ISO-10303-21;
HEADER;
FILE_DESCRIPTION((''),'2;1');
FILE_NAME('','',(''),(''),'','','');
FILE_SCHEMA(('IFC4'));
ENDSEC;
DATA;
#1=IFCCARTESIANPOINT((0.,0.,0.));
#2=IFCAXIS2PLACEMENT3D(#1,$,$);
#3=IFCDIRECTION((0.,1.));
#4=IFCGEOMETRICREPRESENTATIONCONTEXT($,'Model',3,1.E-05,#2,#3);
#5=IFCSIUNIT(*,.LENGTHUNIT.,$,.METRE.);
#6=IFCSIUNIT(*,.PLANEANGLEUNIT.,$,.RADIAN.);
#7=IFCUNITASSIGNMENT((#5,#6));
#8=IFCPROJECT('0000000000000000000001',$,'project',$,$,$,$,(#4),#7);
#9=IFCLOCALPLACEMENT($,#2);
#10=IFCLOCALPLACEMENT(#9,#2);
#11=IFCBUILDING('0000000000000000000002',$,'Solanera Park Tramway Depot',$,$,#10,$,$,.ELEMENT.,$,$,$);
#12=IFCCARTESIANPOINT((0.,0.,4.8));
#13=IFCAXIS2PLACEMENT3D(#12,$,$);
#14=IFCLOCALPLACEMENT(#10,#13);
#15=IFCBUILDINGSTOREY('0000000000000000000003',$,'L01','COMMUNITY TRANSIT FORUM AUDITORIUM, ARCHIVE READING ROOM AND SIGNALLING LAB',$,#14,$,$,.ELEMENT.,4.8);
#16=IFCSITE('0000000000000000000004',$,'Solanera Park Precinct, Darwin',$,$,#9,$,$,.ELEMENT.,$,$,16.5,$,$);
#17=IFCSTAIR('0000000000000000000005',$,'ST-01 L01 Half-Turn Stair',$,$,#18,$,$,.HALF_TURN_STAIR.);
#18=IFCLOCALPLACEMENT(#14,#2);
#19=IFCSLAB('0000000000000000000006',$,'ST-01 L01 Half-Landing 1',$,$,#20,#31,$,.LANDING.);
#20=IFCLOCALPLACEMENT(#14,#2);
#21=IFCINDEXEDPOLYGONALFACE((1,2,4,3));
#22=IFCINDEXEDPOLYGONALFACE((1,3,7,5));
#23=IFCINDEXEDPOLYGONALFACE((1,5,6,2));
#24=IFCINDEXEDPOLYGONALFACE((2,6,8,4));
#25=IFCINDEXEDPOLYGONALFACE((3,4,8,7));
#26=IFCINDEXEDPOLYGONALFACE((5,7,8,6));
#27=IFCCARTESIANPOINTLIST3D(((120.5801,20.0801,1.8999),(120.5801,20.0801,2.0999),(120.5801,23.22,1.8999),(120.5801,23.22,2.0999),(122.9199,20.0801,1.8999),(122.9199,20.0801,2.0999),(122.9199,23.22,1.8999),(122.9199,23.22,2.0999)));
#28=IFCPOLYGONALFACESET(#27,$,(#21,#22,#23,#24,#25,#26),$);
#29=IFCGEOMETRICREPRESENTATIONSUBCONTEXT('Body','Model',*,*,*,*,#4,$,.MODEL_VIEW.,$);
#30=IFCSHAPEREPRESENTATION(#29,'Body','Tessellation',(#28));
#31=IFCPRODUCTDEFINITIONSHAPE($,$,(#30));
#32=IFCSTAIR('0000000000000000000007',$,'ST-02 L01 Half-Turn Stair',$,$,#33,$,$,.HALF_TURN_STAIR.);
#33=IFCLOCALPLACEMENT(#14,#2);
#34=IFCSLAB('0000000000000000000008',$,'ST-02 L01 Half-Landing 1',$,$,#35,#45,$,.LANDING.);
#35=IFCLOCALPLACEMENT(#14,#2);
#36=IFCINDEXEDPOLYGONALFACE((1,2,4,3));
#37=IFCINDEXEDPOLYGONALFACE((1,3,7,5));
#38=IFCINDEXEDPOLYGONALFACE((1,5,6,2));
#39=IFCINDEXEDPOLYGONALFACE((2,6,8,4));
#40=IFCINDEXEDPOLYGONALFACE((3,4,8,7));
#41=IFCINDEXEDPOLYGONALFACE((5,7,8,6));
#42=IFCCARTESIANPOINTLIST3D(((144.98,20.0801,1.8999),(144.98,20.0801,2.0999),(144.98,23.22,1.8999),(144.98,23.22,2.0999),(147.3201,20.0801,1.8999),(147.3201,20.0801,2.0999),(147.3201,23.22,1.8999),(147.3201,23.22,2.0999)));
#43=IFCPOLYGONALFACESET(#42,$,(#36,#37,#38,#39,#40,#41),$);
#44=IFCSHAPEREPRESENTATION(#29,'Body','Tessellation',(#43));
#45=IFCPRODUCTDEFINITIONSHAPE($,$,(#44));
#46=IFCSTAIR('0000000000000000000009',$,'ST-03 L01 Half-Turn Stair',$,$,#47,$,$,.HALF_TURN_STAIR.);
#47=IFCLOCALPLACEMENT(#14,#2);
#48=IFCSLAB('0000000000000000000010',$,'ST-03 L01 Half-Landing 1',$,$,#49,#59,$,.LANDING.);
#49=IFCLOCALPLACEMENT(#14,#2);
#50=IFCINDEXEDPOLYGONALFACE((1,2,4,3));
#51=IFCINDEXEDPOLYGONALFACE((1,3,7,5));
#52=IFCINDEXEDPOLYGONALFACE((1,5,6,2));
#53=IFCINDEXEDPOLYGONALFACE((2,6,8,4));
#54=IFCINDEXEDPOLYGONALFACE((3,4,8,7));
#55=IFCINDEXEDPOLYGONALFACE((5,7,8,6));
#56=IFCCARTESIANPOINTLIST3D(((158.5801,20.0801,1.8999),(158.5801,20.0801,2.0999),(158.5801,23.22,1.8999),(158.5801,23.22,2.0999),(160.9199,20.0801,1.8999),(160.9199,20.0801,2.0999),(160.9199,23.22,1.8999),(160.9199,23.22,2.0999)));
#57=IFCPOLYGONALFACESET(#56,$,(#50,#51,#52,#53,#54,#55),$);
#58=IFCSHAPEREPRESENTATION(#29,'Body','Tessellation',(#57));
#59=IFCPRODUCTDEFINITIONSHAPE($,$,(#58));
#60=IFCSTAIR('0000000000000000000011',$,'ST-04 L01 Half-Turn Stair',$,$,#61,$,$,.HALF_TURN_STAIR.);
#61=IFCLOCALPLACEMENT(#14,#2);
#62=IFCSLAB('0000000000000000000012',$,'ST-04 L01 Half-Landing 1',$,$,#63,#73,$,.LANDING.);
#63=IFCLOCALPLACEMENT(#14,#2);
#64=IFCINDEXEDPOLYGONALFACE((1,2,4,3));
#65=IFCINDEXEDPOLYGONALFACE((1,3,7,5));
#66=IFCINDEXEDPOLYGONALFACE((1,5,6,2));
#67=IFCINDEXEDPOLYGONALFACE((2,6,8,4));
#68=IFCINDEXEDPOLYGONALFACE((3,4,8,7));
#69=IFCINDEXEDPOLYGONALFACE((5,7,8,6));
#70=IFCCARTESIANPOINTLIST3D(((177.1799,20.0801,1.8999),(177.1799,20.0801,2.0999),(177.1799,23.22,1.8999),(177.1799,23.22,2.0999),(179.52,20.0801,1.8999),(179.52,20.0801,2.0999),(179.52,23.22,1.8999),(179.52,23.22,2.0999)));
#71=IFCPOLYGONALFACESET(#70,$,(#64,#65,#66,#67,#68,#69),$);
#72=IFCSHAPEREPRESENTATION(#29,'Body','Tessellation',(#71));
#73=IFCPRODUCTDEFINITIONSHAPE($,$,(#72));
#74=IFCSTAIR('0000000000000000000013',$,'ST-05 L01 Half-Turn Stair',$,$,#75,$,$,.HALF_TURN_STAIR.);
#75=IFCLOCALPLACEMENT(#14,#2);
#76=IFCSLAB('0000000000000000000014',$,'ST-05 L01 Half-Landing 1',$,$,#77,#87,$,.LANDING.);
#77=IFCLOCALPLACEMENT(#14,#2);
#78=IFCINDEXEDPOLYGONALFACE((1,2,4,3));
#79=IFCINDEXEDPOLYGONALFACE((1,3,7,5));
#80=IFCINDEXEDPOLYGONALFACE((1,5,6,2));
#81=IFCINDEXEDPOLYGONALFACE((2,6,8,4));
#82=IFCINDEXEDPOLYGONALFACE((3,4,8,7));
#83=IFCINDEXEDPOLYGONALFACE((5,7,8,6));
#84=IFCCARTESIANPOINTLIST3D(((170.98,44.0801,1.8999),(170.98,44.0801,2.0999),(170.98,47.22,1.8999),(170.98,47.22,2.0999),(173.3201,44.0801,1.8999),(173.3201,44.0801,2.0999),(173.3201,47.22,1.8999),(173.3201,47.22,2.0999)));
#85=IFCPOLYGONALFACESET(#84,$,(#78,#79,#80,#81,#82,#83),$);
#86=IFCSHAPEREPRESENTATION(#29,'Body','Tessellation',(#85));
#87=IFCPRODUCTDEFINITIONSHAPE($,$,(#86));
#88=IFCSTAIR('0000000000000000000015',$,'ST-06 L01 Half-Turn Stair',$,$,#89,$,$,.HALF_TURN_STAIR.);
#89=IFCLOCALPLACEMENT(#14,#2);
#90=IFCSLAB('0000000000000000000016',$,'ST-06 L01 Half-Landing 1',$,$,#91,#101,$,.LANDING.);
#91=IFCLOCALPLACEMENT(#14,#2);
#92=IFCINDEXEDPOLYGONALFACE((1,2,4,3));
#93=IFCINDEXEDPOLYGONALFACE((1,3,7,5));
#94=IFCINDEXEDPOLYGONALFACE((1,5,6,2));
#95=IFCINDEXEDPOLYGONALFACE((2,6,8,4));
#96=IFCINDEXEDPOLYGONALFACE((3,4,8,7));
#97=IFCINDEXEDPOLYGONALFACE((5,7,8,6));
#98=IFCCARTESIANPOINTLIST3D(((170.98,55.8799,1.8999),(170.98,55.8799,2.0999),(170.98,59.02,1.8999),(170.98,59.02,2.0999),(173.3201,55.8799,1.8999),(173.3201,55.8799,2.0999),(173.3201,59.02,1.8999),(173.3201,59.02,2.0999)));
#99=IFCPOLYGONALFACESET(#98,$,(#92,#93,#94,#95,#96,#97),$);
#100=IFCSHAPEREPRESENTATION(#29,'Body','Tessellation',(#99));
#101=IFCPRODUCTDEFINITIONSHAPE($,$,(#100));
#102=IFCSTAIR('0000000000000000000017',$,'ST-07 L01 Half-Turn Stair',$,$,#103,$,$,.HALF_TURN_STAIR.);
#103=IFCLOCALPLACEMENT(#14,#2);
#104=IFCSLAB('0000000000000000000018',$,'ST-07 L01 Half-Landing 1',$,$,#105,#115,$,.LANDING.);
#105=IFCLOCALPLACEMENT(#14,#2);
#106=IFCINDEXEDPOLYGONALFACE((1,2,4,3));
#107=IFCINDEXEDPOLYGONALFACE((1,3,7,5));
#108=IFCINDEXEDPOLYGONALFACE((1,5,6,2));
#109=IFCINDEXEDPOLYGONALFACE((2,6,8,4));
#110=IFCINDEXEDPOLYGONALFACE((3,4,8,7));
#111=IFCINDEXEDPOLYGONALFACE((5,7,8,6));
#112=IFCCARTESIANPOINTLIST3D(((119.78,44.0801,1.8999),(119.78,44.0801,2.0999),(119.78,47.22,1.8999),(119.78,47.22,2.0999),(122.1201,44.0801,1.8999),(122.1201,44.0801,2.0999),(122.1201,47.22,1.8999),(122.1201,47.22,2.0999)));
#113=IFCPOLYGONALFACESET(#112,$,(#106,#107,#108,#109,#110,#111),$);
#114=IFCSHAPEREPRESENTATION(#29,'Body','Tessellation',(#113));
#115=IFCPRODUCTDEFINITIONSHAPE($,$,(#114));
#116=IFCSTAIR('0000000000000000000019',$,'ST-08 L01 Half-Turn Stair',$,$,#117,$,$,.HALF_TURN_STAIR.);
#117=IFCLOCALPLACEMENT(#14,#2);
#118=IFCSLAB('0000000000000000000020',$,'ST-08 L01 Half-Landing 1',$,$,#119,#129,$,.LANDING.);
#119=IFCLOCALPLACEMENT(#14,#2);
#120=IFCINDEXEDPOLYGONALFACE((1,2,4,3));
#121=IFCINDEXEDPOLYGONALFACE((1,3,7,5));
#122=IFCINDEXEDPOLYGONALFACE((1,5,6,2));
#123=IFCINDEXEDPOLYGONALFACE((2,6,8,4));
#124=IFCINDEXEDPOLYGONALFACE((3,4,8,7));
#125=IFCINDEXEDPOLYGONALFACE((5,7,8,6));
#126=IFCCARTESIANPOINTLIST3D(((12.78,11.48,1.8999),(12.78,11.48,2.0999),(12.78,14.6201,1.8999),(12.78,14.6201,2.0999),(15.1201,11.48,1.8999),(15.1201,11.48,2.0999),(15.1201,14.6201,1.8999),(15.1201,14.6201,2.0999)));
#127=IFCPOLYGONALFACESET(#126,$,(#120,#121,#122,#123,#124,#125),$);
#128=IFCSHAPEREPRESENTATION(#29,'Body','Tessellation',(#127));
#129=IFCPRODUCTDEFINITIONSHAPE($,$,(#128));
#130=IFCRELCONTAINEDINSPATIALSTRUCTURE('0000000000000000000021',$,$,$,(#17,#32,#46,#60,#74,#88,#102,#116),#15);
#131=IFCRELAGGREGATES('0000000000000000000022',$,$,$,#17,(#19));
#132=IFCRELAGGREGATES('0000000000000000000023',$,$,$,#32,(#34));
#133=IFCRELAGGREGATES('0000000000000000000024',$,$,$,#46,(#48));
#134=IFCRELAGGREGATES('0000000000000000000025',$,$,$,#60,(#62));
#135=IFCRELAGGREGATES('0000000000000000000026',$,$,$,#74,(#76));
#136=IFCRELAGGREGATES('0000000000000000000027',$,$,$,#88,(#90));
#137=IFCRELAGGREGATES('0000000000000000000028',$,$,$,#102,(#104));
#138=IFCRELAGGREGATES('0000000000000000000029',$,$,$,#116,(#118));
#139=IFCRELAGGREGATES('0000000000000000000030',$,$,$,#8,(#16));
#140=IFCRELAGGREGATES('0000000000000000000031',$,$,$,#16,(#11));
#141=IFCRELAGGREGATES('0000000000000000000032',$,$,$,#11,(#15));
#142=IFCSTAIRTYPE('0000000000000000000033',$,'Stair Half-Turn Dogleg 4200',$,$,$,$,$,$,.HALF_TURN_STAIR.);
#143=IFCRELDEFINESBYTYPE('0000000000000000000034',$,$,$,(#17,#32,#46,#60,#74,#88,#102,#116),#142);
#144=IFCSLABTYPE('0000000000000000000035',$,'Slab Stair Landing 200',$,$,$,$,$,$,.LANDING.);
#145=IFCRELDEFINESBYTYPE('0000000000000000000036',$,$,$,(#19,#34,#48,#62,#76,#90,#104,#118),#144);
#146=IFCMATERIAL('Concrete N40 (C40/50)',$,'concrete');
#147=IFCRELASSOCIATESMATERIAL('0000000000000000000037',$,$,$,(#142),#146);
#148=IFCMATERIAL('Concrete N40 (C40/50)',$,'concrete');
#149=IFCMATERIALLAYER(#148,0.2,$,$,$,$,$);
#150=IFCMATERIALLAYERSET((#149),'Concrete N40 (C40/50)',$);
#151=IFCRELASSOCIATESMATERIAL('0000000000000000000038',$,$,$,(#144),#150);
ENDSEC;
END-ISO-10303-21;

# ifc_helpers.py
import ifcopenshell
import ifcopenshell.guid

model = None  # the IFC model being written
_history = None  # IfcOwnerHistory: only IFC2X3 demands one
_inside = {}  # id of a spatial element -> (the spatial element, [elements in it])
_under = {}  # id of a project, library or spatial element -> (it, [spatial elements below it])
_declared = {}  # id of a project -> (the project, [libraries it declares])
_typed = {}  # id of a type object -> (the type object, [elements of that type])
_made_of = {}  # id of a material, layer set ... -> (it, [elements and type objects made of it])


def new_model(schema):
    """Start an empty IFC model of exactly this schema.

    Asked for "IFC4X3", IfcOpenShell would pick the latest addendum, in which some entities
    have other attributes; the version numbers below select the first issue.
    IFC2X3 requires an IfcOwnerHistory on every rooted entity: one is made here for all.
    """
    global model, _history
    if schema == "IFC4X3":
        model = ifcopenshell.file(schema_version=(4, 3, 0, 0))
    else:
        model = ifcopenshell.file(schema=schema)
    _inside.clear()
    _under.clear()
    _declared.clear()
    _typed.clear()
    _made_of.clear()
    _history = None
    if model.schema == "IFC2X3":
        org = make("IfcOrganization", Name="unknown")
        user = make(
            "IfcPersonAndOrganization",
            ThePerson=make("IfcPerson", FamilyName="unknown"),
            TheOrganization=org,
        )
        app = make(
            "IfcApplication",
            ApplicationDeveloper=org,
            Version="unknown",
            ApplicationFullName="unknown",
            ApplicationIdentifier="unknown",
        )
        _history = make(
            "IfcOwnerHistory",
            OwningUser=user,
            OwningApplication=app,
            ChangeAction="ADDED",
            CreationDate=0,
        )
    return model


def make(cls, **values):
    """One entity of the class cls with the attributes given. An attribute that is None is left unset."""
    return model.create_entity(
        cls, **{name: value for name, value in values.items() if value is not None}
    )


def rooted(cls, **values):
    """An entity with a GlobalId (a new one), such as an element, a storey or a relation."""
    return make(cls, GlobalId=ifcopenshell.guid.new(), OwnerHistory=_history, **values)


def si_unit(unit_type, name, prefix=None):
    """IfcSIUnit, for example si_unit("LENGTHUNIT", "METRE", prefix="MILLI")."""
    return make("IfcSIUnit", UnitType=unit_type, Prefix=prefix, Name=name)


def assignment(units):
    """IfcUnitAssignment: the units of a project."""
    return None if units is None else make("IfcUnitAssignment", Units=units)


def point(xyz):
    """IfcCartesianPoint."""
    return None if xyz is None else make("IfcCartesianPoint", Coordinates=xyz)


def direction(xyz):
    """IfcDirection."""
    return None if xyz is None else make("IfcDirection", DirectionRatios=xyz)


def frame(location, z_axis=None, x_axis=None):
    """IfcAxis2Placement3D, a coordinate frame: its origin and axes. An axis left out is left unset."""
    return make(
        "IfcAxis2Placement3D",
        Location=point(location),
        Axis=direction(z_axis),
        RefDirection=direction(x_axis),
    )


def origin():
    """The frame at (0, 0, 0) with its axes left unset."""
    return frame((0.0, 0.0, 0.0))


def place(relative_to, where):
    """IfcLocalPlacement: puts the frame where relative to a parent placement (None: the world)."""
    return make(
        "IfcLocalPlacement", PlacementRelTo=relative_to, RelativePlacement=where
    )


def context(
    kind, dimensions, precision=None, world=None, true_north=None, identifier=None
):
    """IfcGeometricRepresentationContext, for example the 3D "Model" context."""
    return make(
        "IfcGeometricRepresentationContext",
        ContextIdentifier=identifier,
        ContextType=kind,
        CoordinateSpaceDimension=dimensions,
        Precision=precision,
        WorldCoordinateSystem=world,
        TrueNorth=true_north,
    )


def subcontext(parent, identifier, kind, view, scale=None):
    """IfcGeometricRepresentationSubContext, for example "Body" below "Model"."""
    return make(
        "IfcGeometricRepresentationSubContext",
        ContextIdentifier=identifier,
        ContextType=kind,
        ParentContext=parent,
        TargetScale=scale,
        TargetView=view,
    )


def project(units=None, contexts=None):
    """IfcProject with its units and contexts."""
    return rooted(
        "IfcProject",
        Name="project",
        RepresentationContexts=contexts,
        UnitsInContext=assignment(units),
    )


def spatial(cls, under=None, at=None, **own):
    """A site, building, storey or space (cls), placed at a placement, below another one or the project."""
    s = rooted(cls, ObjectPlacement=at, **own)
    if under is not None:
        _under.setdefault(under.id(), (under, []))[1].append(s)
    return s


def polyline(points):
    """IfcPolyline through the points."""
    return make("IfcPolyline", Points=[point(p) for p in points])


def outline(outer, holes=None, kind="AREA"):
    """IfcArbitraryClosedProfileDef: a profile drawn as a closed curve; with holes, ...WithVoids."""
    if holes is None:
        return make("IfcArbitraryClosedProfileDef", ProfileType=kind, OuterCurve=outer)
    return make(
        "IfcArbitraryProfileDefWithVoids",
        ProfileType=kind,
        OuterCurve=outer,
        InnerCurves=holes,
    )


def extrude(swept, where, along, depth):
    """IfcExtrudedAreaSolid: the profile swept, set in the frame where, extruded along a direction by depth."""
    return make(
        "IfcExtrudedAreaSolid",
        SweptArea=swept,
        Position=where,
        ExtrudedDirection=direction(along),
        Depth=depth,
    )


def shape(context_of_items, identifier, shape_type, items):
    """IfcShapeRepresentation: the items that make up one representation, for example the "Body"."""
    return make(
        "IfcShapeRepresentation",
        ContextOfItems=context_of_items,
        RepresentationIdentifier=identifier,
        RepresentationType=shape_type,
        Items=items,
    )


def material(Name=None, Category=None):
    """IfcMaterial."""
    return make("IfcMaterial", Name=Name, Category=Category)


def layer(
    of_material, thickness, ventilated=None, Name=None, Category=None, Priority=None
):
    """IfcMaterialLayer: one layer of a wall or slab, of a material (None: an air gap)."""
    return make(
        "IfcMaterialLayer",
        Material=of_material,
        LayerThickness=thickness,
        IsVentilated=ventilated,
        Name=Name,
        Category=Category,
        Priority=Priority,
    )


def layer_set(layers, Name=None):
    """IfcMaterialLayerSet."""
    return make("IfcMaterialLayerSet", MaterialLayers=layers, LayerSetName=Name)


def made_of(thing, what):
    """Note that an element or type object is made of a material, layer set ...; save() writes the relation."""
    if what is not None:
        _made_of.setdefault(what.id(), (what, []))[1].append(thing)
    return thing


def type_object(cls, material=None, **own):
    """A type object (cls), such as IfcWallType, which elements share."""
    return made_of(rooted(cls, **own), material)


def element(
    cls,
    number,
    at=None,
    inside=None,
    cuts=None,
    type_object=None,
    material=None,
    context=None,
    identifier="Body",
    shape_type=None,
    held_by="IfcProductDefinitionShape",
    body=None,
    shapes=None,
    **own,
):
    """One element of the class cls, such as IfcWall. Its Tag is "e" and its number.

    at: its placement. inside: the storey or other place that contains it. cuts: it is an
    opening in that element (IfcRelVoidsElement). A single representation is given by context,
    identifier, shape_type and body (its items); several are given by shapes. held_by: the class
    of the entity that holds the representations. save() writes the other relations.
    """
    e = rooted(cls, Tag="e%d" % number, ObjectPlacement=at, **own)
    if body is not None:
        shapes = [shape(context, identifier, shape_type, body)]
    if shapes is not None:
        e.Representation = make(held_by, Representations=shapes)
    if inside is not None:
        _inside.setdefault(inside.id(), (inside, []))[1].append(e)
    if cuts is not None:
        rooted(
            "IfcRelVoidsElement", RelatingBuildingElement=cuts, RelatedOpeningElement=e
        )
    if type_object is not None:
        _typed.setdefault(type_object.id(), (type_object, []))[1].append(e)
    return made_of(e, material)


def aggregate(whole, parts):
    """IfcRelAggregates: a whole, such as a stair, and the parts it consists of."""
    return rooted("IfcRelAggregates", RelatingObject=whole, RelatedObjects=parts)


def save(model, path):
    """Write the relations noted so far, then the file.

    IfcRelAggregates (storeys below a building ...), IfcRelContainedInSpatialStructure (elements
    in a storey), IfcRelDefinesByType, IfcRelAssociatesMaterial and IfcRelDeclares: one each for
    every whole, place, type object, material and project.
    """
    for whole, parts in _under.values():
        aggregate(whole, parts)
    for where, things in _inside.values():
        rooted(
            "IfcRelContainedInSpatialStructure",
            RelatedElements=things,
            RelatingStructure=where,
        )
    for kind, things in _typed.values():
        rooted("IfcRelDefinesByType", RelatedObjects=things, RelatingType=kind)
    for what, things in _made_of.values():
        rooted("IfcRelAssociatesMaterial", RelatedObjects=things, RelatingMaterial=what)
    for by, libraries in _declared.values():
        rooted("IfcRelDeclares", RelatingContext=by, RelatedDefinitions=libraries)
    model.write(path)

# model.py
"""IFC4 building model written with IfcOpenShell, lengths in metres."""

from ifc_helpers import new_model, si_unit, direction, frame, origin, place, context, subcontext, project, spatial, polyline, outline, extrude, material, layer, layer_set, type_object, element, aggregate, save


model = new_model("IFC4")

# Units and contexts
model_context = context("Model", 3, precision=1e-05, world=origin(), true_north=direction((0.0, 1.0)))
body_context = subcontext(model_context, "Body", "Model", "MODEL_VIEW")
ifc_project = project(units=[si_unit("LENGTHUNIT", "METRE"), si_unit("PLANEANGLEUNIT", "RADIAN")], contexts=[model_context])

# Site, building, storey
site_placement = place(None, origin())
site = spatial("IfcSite", under=ifc_project, at=site_placement, Name="Solanera Park Precinct, Darwin", CompositionType="ELEMENT", RefElevation=16.5)
building_placement = place(site_placement, origin())
building = spatial("IfcBuilding", under=site, at=building_placement, Name="Solanera Park Tramway Depot", CompositionType="ELEMENT")
storey_placement = place(building_placement, frame((0.0, 0.0, 4.8)))
storey = spatial("IfcBuildingStorey", under=building, at=storey_placement, Name="L01", Description="COMMUNITY TRANSIT FORUM AUDITORIUM, ARCHIVE READING ROOM AND SIGNALLING LAB", CompositionType="ELEMENT", Elevation=4.8)

# Stairs, slabs
ifc_material_1 = material(Name="Concrete N40 (C40/50)", Category="concrete")
stair_type = type_object("IfcStairType", Name="Stair Half-Turn Dogleg 4200", PredefinedType="HALF_TURN_STAIR", material=ifc_material_1)
stair_1_placement = place(storey_placement, origin())
stair_1 = element("IfcStair", 1, at=stair_1_placement, inside=storey, type_object=stair_type, Name="ST-01 L01 Half-Turn Stair", PredefinedType="HALF_TURN_STAIR")
ifc_material_2 = material(Name="Concrete N40 (C40/50)", Category="concrete")
ifc_layer_1 = layer(ifc_material_2, 0.2)
ifc_layer_set_1 = layer_set([ifc_layer_1], Name="Concrete N40 (C40/50)")
slab_type_1 = type_object("IfcSlabType", Name="Slab Stair Landing 200", PredefinedType="LANDING", material=ifc_layer_set_1)
slab_1_placement = place(storey_placement, frame((0.0, 0.0, 1.8999)))
slab_1 = element("IfcSlab", 2, at=slab_1_placement, type_object=slab_type_1, Name="ST-01 L01 Half-Landing 1", PredefinedType="LANDING", context=body_context, shape_type="SweptSolid", body=[
    extrude(outline(polyline([(120.5801, 20.0801), (122.9199, 20.0801), (122.9199, 23.22), (120.5801, 23.22), (120.5801, 20.0801)])), origin(), (0.0, 0.0, 1.0), 0.2),
])
aggregate(stair_1, [slab_1])
stair_2_placement = place(storey_placement, origin())
stair_2 = element("IfcStair", 3, at=stair_2_placement, inside=storey, type_object=stair_type, Name="ST-02 L01 Half-Turn Stair", PredefinedType="HALF_TURN_STAIR")
slab_2_placement = place(storey_placement, frame((0.0, 0.0, 1.8999)))
slab_2 = element("IfcSlab", 4, at=slab_2_placement, type_object=slab_type_1, Name="ST-02 L01 Half-Landing 1", PredefinedType="LANDING", context=body_context, shape_type="SweptSolid", body=[
    extrude(outline(polyline([(144.98, 20.0801), (147.3201, 20.0801), (147.3201, 23.22), (144.98, 23.22), (144.98, 20.0801)])), origin(), (0.0, 0.0, 1.0), 0.2),
])
aggregate(stair_2, [slab_2])
stair_3_placement = place(storey_placement, origin())
stair_3 = element("IfcStair", 5, at=stair_3_placement, inside=storey, type_object=stair_type, Name="ST-03 L01 Half-Turn Stair", PredefinedType="HALF_TURN_STAIR")
slab_3_placement = place(storey_placement, frame((0.0, 0.0, 1.8999)))
slab_3 = element("IfcSlab", 6, at=slab_3_placement, type_object=slab_type_1, Name="ST-03 L01 Half-Landing 1", PredefinedType="LANDING", context=body_context, shape_type="SweptSolid", body=[
    extrude(outline(polyline([(158.5801, 20.0801), (160.9199, 20.0801), (160.9199, 23.22), (158.5801, 23.22), (158.5801, 20.0801)])), origin(), (0.0, 0.0, 1.0), 0.2),
])
aggregate(stair_3, [slab_3])
stair_4_placement = place(storey_placement, origin())
stair_4 = element("IfcStair", 7, at=stair_4_placement, inside=storey, type_object=stair_type, Name="ST-04 L01 Half-Turn Stair", PredefinedType="HALF_TURN_STAIR")
slab_4_placement = place(storey_placement, frame((0.0, 0.0, 1.8999)))
slab_4 = element("IfcSlab", 8, at=slab_4_placement, type_object=slab_type_1, Name="ST-04 L01 Half-Landing 1", PredefinedType="LANDING", context=body_context, shape_type="SweptSolid", body=[
    extrude(outline(polyline([(177.1799, 20.0801), (179.52, 20.0801), (179.52, 23.22), (177.1799, 23.22), (177.1799, 20.0801)])), origin(), (0.0, 0.0, 1.0), 0.2),
])
aggregate(stair_4, [slab_4])
stair_5_placement = place(storey_placement, origin())
stair_5 = element("IfcStair", 9, at=stair_5_placement, inside=storey, type_object=stair_type, Name="ST-05 L01 Half-Turn Stair", PredefinedType="HALF_TURN_STAIR")
slab_5_placement = place(storey_placement, frame((0.0, 0.0, 1.8999)))
slab_5 = element("IfcSlab", 10, at=slab_5_placement, type_object=slab_type_1, Name="ST-05 L01 Half-Landing 1", PredefinedType="LANDING", context=body_context, shape_type="SweptSolid", body=[
    extrude(outline(polyline([(170.98, 44.0801), (173.3201, 44.0801), (173.3201, 47.22), (170.98, 47.22), (170.98, 44.0801)])), origin(), (0.0, 0.0, 1.0), 0.2),
])
aggregate(stair_5, [slab_5])
stair_6_placement = place(storey_placement, origin())
stair_6 = element("IfcStair", 11, at=stair_6_placement, inside=storey, type_object=stair_type, Name="ST-06 L01 Half-Turn Stair", PredefinedType="HALF_TURN_STAIR")
slab_6_placement = place(storey_placement, frame((0.0, 0.0, 1.8999)))
slab_6 = element("IfcSlab", 12, at=slab_6_placement, type_object=slab_type_1, Name="ST-06 L01 Half-Landing 1", PredefinedType="LANDING", context=body_context, shape_type="SweptSolid", body=[
    extrude(outline(polyline([(170.98, 55.8799), (173.3201, 55.8799), (173.3201, 59.02), (170.98, 59.02), (170.98, 55.8799)])), origin(), (0.0, 0.0, 1.0), 0.2),
])
aggregate(stair_6, [slab_6])
stair_7_placement = place(storey_placement, origin())
stair_7 = element("IfcStair", 13, at=stair_7_placement, inside=storey, type_object=stair_type, Name="ST-07 L01 Half-Turn Stair", PredefinedType="HALF_TURN_STAIR")
slab_7_placement = place(storey_placement, frame((0.0, 0.0, 1.8999)))
slab_7 = element("IfcSlab", 14, at=slab_7_placement, type_object=slab_type_1, Name="ST-07 L01 Half-Landing 1", PredefinedType="LANDING", context=body_context, shape_type="SweptSolid", body=[
    extrude(outline(polyline([(119.78, 44.0801), (122.1201, 44.0801), (122.1201, 47.22), (119.78, 47.22), (119.78, 44.0801)])), origin(), (0.0, 0.0, 1.0), 0.2),
])
aggregate(stair_7, [slab_7])
stair_8_placement = place(storey_placement, origin())
stair_8 = element("IfcStair", 15, at=stair_8_placement, inside=storey, type_object=stair_type, Name="ST-08 L01 Half-Turn Stair", PredefinedType="HALF_TURN_STAIR")
slab_8_placement = place(storey_placement, frame((0.0, 0.0, 1.8999)))
slab_8 = element("IfcSlab", 16, at=slab_8_placement, type_object=slab_type_1, Name="ST-08 L01 Half-Landing 1", PredefinedType="LANDING", context=body_context, shape_type="SweptSolid", body=[
    extrude(outline(polyline([(12.78, 11.48), (15.1201, 11.48), (15.1201, 14.6201), (12.78, 14.6201), (12.78, 11.48)])), origin(), (0.0, 0.0, 1.0), 0.2),
])
aggregate(stair_8, [slab_8])

save(model, "model.ifc")
